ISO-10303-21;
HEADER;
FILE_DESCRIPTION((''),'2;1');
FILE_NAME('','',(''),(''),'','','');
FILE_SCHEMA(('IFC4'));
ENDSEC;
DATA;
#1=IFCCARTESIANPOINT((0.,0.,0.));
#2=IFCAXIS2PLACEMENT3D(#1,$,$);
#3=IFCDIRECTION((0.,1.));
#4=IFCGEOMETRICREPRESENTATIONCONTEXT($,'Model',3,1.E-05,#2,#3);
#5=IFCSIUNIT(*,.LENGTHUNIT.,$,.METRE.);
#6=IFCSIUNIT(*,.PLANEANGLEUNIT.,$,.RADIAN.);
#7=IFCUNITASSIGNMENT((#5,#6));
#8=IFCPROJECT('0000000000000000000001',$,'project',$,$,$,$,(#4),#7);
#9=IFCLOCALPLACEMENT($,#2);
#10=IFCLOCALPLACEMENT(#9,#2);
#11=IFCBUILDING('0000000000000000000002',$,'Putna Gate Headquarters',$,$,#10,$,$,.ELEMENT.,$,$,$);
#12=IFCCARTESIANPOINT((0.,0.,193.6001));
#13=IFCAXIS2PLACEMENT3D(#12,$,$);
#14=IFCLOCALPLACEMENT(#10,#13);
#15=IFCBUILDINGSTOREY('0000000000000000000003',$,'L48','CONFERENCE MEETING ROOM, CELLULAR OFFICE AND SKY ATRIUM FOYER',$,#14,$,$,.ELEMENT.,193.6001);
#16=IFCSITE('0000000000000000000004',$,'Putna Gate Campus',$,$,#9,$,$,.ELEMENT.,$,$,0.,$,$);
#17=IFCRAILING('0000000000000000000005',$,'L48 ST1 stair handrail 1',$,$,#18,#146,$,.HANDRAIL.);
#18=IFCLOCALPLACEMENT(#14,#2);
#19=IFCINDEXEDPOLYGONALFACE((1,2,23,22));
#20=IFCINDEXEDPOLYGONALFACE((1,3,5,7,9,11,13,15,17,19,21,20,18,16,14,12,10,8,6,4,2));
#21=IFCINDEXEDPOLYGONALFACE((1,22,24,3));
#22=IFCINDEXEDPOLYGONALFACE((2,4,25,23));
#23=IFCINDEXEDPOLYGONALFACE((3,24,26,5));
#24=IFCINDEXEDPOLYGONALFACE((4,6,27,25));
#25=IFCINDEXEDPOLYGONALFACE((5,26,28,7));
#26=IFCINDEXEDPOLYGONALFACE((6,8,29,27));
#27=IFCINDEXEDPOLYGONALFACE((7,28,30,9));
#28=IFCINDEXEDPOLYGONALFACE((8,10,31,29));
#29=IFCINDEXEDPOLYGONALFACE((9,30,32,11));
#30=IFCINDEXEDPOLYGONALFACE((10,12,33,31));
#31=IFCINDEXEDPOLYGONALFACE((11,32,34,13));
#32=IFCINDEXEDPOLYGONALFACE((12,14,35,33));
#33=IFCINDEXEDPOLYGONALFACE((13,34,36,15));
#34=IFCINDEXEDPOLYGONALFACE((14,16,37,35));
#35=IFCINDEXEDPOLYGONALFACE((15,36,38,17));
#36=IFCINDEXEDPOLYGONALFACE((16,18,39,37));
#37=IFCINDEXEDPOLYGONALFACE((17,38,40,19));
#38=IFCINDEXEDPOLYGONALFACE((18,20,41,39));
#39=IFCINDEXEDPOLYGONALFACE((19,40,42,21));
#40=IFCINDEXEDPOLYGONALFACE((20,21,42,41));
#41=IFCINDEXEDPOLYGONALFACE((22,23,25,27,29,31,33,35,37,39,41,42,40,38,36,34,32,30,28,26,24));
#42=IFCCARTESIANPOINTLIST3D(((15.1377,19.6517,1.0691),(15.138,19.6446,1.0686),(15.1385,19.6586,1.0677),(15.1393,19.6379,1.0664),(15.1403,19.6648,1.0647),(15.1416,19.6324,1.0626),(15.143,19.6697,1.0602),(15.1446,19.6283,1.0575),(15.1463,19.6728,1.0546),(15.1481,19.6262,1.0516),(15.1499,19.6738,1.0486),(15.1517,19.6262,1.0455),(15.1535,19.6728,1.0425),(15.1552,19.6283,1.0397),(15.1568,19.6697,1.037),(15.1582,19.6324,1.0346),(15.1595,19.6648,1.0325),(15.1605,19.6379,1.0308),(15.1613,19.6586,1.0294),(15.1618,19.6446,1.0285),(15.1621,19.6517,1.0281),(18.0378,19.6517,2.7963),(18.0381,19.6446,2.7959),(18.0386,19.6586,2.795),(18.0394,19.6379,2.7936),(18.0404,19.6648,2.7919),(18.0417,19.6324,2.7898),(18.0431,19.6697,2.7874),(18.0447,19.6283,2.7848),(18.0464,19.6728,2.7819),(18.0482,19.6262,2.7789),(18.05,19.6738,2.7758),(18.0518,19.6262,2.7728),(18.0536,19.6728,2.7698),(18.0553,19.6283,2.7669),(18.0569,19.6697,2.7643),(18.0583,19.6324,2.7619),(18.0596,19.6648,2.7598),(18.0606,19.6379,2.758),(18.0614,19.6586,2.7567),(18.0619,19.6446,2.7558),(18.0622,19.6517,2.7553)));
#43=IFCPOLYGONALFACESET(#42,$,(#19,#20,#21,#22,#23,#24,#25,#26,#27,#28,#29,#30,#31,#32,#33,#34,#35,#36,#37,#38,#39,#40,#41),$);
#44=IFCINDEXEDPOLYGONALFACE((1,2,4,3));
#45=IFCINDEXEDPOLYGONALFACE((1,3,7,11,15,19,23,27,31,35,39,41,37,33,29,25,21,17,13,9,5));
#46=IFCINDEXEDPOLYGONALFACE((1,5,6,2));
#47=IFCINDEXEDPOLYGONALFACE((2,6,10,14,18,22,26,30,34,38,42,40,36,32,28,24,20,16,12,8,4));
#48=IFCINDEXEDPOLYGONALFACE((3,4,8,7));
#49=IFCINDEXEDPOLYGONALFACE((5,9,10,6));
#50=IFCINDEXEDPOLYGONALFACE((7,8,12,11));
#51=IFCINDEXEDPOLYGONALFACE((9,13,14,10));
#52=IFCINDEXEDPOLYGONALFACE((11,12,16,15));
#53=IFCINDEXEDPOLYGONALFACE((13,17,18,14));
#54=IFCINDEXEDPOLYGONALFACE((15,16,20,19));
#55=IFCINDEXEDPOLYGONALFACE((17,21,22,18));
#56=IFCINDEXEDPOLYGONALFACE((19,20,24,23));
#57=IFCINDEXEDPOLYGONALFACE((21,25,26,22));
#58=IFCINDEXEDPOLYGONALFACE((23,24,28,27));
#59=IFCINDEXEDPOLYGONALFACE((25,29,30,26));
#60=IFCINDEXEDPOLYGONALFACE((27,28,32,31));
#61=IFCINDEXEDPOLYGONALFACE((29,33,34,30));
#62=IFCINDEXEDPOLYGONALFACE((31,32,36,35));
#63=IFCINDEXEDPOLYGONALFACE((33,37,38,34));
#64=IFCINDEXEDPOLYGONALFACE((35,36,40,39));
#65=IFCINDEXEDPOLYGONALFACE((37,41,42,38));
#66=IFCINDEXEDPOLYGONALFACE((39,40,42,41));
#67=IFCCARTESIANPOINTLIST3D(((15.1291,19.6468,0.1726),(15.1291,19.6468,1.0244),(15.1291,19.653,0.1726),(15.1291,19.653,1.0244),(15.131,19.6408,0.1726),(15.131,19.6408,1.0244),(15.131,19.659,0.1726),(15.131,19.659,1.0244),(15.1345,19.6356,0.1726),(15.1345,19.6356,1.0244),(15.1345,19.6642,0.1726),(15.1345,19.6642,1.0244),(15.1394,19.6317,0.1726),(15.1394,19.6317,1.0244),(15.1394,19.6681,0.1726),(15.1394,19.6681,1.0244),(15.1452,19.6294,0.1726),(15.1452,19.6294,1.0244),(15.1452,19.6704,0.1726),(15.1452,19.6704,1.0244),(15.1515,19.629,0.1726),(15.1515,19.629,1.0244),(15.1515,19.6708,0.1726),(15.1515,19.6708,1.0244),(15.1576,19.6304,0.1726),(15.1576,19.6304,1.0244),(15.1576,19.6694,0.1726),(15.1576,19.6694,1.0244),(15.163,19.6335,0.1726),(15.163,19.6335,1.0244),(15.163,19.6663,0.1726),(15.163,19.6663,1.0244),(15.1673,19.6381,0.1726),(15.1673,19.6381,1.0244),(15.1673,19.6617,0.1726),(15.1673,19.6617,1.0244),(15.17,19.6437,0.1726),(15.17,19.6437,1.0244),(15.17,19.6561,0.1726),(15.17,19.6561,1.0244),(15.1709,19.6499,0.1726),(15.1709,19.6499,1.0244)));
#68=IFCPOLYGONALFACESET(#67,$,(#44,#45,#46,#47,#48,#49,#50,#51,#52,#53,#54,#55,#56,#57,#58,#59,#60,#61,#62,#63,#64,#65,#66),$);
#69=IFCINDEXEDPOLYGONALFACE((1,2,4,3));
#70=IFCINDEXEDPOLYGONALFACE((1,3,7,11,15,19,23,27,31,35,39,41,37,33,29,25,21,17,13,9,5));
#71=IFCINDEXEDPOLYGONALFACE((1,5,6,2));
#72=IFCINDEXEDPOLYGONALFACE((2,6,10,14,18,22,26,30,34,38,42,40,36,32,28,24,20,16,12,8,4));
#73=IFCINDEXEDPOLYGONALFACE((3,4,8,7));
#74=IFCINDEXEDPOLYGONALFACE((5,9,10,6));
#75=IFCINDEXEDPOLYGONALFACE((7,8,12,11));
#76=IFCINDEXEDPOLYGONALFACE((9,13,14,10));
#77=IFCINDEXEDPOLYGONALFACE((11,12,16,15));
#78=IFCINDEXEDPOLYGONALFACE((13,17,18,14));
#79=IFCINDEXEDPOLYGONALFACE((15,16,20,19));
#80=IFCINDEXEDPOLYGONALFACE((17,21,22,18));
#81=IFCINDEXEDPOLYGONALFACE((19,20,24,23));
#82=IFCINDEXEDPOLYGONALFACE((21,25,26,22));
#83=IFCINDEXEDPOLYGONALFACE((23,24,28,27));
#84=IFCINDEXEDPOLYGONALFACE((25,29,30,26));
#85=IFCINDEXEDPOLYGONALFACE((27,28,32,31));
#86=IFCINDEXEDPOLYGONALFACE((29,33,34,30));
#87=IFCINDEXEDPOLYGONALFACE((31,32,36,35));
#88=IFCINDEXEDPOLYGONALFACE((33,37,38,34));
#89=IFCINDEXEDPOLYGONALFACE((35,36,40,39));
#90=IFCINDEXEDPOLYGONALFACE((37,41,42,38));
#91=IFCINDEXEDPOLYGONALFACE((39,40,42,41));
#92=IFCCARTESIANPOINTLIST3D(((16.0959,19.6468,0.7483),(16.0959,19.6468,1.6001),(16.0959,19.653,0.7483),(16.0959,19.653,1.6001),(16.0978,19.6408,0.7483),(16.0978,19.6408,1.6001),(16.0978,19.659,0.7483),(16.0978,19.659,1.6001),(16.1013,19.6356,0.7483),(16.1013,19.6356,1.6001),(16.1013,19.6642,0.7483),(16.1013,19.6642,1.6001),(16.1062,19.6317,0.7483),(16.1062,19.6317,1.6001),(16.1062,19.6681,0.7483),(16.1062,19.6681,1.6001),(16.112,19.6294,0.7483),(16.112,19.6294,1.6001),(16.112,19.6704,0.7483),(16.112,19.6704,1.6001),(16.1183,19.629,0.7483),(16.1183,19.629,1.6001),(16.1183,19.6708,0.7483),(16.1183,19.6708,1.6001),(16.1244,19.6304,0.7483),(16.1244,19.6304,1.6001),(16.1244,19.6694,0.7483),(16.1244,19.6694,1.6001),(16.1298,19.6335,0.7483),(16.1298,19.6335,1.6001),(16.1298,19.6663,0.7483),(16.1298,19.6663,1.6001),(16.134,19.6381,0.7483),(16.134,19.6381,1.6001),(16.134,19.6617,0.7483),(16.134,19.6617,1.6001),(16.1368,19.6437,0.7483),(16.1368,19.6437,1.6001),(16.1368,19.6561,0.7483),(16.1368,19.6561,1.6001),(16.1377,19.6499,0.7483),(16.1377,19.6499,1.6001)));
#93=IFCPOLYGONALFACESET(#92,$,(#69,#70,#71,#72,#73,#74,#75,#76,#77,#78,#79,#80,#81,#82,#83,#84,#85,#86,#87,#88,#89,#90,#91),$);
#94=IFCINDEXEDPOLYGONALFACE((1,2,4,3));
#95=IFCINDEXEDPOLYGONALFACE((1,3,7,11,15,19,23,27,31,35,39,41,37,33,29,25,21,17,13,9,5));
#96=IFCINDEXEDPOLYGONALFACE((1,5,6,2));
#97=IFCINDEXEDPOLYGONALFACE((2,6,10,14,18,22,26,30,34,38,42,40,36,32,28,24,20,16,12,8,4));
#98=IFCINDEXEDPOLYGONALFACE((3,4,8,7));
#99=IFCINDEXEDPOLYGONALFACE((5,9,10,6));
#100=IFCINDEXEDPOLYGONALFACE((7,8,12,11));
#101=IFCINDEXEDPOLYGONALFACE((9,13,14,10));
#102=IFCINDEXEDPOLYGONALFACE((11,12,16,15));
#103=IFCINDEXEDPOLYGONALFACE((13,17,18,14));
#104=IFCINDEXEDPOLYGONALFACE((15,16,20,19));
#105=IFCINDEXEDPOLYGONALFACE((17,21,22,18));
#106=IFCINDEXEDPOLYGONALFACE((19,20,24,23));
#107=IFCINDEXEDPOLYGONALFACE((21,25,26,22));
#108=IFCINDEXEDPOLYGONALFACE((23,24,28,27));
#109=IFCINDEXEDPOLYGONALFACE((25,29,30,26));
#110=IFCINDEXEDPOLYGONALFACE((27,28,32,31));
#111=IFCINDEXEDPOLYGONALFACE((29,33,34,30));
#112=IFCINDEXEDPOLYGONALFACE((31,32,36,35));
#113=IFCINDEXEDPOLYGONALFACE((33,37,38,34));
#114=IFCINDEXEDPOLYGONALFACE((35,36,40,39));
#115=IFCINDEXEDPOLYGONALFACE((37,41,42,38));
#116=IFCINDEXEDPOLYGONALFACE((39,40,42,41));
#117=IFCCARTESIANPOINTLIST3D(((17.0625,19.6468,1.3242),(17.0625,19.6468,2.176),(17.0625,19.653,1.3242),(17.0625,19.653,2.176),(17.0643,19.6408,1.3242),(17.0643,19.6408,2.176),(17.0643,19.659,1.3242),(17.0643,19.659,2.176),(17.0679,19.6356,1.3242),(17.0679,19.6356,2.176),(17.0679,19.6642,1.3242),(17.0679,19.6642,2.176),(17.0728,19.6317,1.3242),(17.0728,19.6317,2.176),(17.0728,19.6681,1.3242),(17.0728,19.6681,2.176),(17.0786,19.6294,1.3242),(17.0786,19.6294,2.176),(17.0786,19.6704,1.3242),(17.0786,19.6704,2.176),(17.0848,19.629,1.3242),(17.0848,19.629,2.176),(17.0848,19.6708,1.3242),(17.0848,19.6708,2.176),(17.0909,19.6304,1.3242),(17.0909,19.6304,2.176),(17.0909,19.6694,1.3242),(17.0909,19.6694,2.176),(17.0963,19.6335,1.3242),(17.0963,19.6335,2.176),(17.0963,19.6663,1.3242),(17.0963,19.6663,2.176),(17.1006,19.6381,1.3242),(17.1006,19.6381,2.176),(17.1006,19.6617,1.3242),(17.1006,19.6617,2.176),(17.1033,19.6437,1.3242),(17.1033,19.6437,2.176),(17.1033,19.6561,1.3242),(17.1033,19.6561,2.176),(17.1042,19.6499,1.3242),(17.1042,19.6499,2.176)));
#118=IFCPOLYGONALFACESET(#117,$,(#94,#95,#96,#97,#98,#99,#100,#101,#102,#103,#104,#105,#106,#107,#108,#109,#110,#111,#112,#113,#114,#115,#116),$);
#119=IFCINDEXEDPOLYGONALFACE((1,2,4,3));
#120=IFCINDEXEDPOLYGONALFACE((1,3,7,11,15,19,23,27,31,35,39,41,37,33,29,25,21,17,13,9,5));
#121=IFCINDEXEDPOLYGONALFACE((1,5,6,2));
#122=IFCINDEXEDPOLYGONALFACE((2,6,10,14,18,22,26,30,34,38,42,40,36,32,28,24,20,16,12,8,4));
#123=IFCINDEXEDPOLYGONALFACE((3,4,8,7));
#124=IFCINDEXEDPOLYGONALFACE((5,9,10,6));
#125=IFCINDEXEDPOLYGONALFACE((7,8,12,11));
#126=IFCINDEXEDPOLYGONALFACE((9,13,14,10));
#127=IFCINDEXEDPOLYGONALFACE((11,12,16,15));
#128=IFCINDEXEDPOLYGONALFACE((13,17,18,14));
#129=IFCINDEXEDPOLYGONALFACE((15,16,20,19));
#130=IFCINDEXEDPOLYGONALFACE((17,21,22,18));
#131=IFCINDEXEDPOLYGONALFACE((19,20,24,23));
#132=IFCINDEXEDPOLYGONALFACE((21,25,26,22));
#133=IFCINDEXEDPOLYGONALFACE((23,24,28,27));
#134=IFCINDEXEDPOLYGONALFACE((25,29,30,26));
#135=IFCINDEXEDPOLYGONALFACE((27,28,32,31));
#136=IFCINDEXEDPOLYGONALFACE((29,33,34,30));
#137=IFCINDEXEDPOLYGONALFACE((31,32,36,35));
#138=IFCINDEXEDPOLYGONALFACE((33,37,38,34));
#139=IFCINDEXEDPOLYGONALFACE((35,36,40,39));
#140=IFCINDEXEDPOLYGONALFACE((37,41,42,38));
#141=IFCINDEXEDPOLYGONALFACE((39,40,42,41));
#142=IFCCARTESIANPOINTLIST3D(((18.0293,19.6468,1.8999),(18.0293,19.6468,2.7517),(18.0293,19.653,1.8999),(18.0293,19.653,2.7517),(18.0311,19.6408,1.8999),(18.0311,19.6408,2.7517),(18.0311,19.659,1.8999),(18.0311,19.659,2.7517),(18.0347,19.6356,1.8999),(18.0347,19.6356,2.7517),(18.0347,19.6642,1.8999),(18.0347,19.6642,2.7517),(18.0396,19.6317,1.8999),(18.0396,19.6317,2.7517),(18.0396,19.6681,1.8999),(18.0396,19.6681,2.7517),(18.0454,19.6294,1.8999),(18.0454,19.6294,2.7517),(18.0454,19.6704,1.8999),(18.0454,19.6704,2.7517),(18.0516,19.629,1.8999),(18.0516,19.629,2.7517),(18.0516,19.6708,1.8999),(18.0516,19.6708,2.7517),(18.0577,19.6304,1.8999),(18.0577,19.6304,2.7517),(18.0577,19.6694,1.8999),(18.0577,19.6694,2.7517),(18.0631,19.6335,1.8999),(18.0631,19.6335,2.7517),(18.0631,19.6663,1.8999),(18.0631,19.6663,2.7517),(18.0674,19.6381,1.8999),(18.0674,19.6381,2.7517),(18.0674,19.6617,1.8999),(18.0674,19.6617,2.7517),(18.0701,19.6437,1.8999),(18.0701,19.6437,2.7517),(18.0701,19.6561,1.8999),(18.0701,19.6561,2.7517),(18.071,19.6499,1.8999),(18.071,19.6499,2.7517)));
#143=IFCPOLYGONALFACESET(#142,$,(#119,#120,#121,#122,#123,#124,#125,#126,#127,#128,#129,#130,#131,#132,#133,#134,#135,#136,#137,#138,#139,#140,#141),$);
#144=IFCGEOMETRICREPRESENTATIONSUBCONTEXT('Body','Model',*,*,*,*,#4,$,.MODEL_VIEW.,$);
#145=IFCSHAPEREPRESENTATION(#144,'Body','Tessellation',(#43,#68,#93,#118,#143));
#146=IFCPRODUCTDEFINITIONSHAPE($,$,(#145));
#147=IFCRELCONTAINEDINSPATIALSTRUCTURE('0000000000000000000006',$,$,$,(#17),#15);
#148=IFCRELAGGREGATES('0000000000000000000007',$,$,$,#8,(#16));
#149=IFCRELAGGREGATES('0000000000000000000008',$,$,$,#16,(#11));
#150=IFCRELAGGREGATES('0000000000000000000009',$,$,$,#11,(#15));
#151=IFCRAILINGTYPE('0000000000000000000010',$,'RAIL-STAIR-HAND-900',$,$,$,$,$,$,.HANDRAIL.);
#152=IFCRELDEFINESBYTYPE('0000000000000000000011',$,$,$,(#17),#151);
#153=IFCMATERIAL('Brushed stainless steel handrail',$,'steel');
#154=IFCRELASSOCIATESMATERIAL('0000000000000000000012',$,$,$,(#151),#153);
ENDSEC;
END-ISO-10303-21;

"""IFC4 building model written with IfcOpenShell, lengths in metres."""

from ifc_helpers import new_model, si_unit, direction, frame, origin, origin_2d, place, context, subcontext, project, spatial, circle, extrude, material, type_object, element, save


model = new_model("IFC4")

# Units and contexts
model_context = context("Model", 3, precision=1e-05, world=origin(), true_north=direction((0.0, 1.0)))
body_context = subcontext(model_context, "Body", "Model", "MODEL_VIEW")
ifc_project = project(units=[si_unit("LENGTHUNIT", "METRE"), si_unit("PLANEANGLEUNIT", "RADIAN")], contexts=[model_context])

# Site, building, storey
site_placement = place(None, origin())
site = spatial("IfcSite", under=ifc_project, at=site_placement, Name="Putna Gate Campus", CompositionType="ELEMENT", RefElevation=0.0)
building_placement = place(site_placement, origin())
building = spatial("IfcBuilding", under=site, at=building_placement, Name="Putna Gate Headquarters", CompositionType="ELEMENT")
storey_placement = place(building_placement, frame((0.0, 0.0, 193.6001)))
storey = spatial("IfcBuildingStorey", under=building, at=storey_placement, Name="L48", Description="CONFERENCE MEETING ROOM, CELLULAR OFFICE AND SKY ATRIUM FOYER", CompositionType="ELEMENT", Elevation=193.6001)

# Railing
ifc_material_1 = material(Name="Brushed stainless steel handrail", Category="steel")
railing_type_1 = type_object("IfcRailingType", Name="RAIL-STAIR-HAND-900", PredefinedType="HANDRAIL", material=ifc_material_1)
railing_1_placement = place(storey_placement, frame((15.1499, 19.6499, 0.1726)))
element("IfcRailing", 1, at=railing_1_placement, inside=storey, type_object=railing_type_1, Name="L48 ST1 stair handrail 1", PredefinedType="HANDRAIL", context=body_context, shape_type="SweptSolid", body=[
    extrude(circle(Radius=0.0239, at=origin_2d()), frame((0.0, 0.0, 0.876), z_axis=(0.85916, 0.0, 0.511706), x_axis=(0.0, 1.0, 0.0)), (0.0, 0.0, 1.0), 3.3755),
    extrude(circle(Radius=0.021, at=origin_2d()), origin(), (0.0, 0.0, 1.0), 0.8518),
    extrude(circle(Radius=0.021, at=origin_2d()), frame((0.9668, 0.0, 0.5757)), (0.0, 0.0, 1.0), 0.8518),
    extrude(circle(Radius=0.021, at=origin_2d()), frame((1.9333, 0.0, 1.1516)), (0.0, 0.0, 1.0), 0.8518),
    extrude(circle(Radius=0.021, at=origin_2d()), frame((2.9001, 0.0, 1.7273)), (0.0, 0.0, 1.0), 0.8518),
])

save(model, "model.ifc")
